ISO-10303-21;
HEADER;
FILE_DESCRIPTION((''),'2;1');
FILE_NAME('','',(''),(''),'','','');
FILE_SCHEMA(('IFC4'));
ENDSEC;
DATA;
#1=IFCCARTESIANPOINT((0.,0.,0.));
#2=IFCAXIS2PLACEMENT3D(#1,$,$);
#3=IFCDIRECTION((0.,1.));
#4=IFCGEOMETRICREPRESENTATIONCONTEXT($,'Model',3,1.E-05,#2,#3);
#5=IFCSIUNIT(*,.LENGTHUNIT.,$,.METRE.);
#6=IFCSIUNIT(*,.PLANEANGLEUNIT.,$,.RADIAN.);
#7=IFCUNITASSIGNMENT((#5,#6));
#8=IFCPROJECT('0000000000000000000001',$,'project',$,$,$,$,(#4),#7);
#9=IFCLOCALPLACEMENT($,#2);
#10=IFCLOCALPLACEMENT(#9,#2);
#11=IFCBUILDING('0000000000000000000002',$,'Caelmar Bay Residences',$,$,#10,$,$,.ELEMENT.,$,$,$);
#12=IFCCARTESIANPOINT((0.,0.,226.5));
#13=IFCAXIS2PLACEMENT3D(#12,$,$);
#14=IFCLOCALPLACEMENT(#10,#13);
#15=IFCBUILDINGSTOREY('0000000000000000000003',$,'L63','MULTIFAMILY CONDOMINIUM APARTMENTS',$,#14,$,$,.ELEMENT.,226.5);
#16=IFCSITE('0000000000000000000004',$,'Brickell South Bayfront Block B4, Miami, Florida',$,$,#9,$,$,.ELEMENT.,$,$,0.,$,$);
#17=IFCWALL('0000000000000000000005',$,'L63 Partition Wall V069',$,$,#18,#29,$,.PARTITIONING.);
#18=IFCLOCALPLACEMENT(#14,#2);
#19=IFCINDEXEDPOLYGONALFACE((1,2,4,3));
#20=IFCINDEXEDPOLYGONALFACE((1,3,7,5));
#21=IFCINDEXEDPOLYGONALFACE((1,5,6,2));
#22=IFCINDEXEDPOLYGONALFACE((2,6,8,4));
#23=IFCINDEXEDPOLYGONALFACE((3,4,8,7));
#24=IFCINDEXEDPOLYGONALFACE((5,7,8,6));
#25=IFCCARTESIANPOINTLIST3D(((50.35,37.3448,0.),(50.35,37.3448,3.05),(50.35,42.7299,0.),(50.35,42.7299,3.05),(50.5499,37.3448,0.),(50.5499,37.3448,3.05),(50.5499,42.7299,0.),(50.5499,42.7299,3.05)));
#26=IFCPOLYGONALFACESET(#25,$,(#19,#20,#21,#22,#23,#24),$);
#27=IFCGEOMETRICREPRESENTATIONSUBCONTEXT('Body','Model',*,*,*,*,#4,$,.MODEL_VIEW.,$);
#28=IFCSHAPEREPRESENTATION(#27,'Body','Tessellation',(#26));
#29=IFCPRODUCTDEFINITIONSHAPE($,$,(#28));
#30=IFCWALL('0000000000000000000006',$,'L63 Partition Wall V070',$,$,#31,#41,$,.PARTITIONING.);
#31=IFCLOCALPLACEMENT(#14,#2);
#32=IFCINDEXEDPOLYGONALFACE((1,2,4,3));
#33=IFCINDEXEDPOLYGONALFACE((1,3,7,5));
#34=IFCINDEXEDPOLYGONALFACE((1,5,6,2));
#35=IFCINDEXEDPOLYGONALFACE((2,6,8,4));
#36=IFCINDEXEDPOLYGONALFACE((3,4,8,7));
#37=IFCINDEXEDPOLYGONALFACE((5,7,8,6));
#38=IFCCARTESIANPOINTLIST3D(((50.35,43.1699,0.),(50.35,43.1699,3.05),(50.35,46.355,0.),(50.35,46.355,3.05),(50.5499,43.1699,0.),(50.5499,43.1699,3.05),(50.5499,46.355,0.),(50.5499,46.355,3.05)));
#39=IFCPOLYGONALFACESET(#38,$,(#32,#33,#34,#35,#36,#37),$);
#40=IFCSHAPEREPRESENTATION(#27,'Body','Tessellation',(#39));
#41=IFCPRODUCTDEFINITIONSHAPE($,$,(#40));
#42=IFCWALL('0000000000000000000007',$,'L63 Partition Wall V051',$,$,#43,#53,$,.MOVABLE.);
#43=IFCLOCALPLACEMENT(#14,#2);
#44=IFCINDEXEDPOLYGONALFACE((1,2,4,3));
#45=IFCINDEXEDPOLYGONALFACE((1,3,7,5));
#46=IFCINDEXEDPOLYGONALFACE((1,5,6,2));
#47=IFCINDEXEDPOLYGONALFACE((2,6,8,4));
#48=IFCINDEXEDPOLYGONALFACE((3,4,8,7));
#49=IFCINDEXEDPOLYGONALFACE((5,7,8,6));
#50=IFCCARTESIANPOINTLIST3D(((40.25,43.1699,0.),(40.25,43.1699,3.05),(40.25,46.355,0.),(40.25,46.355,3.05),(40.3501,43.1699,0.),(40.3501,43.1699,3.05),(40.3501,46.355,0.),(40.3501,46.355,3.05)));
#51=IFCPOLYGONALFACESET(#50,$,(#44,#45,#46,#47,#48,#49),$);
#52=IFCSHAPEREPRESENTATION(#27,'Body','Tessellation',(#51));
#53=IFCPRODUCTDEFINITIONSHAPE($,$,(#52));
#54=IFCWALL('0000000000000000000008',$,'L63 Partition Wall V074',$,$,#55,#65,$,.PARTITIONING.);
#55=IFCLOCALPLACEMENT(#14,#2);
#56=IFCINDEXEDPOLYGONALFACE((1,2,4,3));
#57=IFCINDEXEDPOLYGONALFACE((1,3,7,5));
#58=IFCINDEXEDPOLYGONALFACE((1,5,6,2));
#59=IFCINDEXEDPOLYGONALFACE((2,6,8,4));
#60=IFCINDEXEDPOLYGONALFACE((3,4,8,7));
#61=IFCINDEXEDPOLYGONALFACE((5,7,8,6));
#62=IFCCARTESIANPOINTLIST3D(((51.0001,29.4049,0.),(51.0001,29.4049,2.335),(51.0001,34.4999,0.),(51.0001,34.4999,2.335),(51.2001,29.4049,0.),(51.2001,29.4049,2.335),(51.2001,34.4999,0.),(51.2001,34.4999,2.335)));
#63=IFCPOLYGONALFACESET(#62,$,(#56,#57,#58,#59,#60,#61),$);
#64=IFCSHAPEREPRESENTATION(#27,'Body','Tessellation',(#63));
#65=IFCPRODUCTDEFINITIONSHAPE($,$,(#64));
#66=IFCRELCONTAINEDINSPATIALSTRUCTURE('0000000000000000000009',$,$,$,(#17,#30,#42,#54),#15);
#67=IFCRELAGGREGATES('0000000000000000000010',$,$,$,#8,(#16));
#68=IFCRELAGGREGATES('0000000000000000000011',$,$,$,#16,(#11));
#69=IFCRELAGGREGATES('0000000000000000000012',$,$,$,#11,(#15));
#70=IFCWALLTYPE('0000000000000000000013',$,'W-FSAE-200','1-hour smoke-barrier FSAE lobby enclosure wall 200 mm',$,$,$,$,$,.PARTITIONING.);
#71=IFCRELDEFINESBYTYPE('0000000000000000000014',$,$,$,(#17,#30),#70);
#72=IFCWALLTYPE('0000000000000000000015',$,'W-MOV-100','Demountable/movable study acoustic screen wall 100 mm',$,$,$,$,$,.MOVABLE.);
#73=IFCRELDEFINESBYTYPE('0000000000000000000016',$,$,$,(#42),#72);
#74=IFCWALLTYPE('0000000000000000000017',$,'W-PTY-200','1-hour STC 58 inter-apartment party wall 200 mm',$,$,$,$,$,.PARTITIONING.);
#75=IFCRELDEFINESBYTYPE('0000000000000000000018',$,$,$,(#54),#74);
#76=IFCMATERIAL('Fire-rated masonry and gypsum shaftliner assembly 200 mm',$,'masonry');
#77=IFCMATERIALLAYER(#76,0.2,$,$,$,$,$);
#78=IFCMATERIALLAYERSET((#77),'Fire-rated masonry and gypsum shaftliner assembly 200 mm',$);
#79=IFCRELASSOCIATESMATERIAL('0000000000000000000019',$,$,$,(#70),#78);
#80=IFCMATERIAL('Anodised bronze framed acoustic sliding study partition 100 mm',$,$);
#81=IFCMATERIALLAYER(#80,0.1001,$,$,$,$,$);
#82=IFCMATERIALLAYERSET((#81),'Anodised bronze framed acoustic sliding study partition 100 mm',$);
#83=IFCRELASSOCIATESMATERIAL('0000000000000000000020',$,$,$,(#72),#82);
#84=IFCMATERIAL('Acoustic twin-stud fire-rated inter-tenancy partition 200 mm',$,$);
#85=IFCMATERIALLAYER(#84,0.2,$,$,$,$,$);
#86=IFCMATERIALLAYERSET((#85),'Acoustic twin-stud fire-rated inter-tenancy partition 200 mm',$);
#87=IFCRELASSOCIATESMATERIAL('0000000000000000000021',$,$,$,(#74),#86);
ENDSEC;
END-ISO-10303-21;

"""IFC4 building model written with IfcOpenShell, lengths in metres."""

from ifc_helpers import new_model, si_unit, direction, frame, frame_2d, origin, place, context, subcontext, project, spatial, rectangle, extrude, material, layer, layer_set, type_object, element, save


model = new_model("IFC4")

# Units and contexts
model_context = context("Model", 3, precision=1e-05, world=origin(), true_north=direction((0.0, 1.0)))
body_context = subcontext(model_context, "Body", "Model", "MODEL_VIEW")
ifc_project = project(units=[si_unit("LENGTHUNIT", "METRE"), si_unit("PLANEANGLEUNIT", "RADIAN")], contexts=[model_context])

# Site, building, storey
site_placement = place(None, origin())
site = spatial("IfcSite", under=ifc_project, at=site_placement, Name="Brickell South Bayfront Block B4, Miami, Florida", CompositionType="ELEMENT", RefElevation=0.0)
building_placement = place(site_placement, origin())
building = spatial("IfcBuilding", under=site, at=building_placement, Name="Caelmar Bay Residences", CompositionType="ELEMENT")
storey_placement = place(building_placement, frame((0.0, 0.0, 226.5)))
storey = spatial("IfcBuildingStorey", under=building, at=storey_placement, Name="L63", Description="MULTIFAMILY CONDOMINIUM APARTMENTS", CompositionType="ELEMENT", Elevation=226.5)

# Walls
ifc_material_1 = material(Name="Fire-rated masonry and gypsum shaftliner assembly 200 mm", Category="masonry")
ifc_layer_1 = layer(ifc_material_1, 0.2)
ifc_layer_set_1 = layer_set([ifc_layer_1], Name="Fire-rated masonry and gypsum shaftliner assembly 200 mm")
wall_type_1 = type_object("IfcWallType", Name="W-FSAE-200", Description="1-hour smoke-barrier FSAE lobby enclosure wall 200 mm", PredefinedType="PARTITIONING", material=ifc_layer_set_1)
wall_1_placement = place(storey_placement, frame((50.45, 37.345, 0.0), z_axis=(0.0, 0.0, 1.0), x_axis=(0.0, 1.0, 0.0)))
element("IfcWall", 1, at=wall_1_placement, inside=storey, type_object=wall_type_1, Name="L63 Partition Wall V069", PredefinedType="PARTITIONING", context=body_context, shape_type="SweptSolid", body=[
    extrude(rectangle(XDim=5.385, YDim=0.2, at=frame_2d((2.6924, 0.0))), origin(), (0.0, 0.0, 1.0), 3.05),
])
wall_2_placement = place(storey_placement, frame((50.45, 43.1699, 0.0), z_axis=(0.0, 0.0, 1.0), x_axis=(0.0, 1.0, 0.0)))
element("IfcWall", 2, at=wall_2_placement, inside=storey, type_object=wall_type_1, Name="L63 Partition Wall V070", PredefinedType="PARTITIONING", context=body_context, shape_type="SweptSolid", body=[
    extrude(rectangle(XDim=3.1851, YDim=0.2, at=frame_2d((1.5925, 0.0))), origin(), (0.0, 0.0, 1.0), 3.05),
])
ifc_material_2 = material(Name="Anodised bronze framed acoustic sliding study partition 100 mm")
ifc_layer_2 = layer(ifc_material_2, 0.1001)
ifc_layer_set_2 = layer_set([ifc_layer_2], Name="Anodised bronze framed acoustic sliding study partition 100 mm")
wall_type_2 = type_object("IfcWallType", Name="W-MOV-100", Description="Demountable/movable study acoustic screen wall 100 mm", PredefinedType="MOVABLE", material=ifc_layer_set_2)
wall_3_placement = place(storey_placement, frame((40.3, 43.1699, 0.0), z_axis=(0.0, 0.0, 1.0), x_axis=(0.0, 1.0, 0.0)))
element("IfcWall", 3, at=wall_3_placement, inside=storey, type_object=wall_type_2, Name="L63 Partition Wall V051", PredefinedType="MOVABLE", context=body_context, shape_type="SweptSolid", body=[
    extrude(rectangle(XDim=3.1851, YDim=0.1001, at=frame_2d((1.5925, 0.0))), origin(), (0.0, 0.0, 1.0), 3.05),
])
ifc_material_3 = material(Name="Acoustic twin-stud fire-rated inter-tenancy partition 200 mm")
ifc_layer_3 = layer(ifc_material_3, 0.2)
ifc_layer_set_3 = layer_set([ifc_layer_3], Name="Acoustic twin-stud fire-rated inter-tenancy partition 200 mm")
wall_type_3 = type_object("IfcWallType", Name="W-PTY-200", Description="1-hour STC 58 inter-apartment party wall 200 mm", PredefinedType="PARTITIONING", material=ifc_layer_set_3)
wall_4_placement = place(storey_placement, frame((51.1001, 29.405, 0.0), z_axis=(0.0, 0.0, 1.0), x_axis=(0.0, 1.0, 0.0)))
element("IfcWall", 4, at=wall_4_placement, inside=storey, type_object=wall_type_3, Name="L63 Partition Wall V074", PredefinedType="PARTITIONING", context=body_context, shape_type="SweptSolid", body=[
    extrude(rectangle(XDim=5.095, YDim=0.2, at=frame_2d((2.5474, 0.0))), origin(), (0.0, 0.0, 1.0), 2.335),
])

save(model, "model.ifc")
